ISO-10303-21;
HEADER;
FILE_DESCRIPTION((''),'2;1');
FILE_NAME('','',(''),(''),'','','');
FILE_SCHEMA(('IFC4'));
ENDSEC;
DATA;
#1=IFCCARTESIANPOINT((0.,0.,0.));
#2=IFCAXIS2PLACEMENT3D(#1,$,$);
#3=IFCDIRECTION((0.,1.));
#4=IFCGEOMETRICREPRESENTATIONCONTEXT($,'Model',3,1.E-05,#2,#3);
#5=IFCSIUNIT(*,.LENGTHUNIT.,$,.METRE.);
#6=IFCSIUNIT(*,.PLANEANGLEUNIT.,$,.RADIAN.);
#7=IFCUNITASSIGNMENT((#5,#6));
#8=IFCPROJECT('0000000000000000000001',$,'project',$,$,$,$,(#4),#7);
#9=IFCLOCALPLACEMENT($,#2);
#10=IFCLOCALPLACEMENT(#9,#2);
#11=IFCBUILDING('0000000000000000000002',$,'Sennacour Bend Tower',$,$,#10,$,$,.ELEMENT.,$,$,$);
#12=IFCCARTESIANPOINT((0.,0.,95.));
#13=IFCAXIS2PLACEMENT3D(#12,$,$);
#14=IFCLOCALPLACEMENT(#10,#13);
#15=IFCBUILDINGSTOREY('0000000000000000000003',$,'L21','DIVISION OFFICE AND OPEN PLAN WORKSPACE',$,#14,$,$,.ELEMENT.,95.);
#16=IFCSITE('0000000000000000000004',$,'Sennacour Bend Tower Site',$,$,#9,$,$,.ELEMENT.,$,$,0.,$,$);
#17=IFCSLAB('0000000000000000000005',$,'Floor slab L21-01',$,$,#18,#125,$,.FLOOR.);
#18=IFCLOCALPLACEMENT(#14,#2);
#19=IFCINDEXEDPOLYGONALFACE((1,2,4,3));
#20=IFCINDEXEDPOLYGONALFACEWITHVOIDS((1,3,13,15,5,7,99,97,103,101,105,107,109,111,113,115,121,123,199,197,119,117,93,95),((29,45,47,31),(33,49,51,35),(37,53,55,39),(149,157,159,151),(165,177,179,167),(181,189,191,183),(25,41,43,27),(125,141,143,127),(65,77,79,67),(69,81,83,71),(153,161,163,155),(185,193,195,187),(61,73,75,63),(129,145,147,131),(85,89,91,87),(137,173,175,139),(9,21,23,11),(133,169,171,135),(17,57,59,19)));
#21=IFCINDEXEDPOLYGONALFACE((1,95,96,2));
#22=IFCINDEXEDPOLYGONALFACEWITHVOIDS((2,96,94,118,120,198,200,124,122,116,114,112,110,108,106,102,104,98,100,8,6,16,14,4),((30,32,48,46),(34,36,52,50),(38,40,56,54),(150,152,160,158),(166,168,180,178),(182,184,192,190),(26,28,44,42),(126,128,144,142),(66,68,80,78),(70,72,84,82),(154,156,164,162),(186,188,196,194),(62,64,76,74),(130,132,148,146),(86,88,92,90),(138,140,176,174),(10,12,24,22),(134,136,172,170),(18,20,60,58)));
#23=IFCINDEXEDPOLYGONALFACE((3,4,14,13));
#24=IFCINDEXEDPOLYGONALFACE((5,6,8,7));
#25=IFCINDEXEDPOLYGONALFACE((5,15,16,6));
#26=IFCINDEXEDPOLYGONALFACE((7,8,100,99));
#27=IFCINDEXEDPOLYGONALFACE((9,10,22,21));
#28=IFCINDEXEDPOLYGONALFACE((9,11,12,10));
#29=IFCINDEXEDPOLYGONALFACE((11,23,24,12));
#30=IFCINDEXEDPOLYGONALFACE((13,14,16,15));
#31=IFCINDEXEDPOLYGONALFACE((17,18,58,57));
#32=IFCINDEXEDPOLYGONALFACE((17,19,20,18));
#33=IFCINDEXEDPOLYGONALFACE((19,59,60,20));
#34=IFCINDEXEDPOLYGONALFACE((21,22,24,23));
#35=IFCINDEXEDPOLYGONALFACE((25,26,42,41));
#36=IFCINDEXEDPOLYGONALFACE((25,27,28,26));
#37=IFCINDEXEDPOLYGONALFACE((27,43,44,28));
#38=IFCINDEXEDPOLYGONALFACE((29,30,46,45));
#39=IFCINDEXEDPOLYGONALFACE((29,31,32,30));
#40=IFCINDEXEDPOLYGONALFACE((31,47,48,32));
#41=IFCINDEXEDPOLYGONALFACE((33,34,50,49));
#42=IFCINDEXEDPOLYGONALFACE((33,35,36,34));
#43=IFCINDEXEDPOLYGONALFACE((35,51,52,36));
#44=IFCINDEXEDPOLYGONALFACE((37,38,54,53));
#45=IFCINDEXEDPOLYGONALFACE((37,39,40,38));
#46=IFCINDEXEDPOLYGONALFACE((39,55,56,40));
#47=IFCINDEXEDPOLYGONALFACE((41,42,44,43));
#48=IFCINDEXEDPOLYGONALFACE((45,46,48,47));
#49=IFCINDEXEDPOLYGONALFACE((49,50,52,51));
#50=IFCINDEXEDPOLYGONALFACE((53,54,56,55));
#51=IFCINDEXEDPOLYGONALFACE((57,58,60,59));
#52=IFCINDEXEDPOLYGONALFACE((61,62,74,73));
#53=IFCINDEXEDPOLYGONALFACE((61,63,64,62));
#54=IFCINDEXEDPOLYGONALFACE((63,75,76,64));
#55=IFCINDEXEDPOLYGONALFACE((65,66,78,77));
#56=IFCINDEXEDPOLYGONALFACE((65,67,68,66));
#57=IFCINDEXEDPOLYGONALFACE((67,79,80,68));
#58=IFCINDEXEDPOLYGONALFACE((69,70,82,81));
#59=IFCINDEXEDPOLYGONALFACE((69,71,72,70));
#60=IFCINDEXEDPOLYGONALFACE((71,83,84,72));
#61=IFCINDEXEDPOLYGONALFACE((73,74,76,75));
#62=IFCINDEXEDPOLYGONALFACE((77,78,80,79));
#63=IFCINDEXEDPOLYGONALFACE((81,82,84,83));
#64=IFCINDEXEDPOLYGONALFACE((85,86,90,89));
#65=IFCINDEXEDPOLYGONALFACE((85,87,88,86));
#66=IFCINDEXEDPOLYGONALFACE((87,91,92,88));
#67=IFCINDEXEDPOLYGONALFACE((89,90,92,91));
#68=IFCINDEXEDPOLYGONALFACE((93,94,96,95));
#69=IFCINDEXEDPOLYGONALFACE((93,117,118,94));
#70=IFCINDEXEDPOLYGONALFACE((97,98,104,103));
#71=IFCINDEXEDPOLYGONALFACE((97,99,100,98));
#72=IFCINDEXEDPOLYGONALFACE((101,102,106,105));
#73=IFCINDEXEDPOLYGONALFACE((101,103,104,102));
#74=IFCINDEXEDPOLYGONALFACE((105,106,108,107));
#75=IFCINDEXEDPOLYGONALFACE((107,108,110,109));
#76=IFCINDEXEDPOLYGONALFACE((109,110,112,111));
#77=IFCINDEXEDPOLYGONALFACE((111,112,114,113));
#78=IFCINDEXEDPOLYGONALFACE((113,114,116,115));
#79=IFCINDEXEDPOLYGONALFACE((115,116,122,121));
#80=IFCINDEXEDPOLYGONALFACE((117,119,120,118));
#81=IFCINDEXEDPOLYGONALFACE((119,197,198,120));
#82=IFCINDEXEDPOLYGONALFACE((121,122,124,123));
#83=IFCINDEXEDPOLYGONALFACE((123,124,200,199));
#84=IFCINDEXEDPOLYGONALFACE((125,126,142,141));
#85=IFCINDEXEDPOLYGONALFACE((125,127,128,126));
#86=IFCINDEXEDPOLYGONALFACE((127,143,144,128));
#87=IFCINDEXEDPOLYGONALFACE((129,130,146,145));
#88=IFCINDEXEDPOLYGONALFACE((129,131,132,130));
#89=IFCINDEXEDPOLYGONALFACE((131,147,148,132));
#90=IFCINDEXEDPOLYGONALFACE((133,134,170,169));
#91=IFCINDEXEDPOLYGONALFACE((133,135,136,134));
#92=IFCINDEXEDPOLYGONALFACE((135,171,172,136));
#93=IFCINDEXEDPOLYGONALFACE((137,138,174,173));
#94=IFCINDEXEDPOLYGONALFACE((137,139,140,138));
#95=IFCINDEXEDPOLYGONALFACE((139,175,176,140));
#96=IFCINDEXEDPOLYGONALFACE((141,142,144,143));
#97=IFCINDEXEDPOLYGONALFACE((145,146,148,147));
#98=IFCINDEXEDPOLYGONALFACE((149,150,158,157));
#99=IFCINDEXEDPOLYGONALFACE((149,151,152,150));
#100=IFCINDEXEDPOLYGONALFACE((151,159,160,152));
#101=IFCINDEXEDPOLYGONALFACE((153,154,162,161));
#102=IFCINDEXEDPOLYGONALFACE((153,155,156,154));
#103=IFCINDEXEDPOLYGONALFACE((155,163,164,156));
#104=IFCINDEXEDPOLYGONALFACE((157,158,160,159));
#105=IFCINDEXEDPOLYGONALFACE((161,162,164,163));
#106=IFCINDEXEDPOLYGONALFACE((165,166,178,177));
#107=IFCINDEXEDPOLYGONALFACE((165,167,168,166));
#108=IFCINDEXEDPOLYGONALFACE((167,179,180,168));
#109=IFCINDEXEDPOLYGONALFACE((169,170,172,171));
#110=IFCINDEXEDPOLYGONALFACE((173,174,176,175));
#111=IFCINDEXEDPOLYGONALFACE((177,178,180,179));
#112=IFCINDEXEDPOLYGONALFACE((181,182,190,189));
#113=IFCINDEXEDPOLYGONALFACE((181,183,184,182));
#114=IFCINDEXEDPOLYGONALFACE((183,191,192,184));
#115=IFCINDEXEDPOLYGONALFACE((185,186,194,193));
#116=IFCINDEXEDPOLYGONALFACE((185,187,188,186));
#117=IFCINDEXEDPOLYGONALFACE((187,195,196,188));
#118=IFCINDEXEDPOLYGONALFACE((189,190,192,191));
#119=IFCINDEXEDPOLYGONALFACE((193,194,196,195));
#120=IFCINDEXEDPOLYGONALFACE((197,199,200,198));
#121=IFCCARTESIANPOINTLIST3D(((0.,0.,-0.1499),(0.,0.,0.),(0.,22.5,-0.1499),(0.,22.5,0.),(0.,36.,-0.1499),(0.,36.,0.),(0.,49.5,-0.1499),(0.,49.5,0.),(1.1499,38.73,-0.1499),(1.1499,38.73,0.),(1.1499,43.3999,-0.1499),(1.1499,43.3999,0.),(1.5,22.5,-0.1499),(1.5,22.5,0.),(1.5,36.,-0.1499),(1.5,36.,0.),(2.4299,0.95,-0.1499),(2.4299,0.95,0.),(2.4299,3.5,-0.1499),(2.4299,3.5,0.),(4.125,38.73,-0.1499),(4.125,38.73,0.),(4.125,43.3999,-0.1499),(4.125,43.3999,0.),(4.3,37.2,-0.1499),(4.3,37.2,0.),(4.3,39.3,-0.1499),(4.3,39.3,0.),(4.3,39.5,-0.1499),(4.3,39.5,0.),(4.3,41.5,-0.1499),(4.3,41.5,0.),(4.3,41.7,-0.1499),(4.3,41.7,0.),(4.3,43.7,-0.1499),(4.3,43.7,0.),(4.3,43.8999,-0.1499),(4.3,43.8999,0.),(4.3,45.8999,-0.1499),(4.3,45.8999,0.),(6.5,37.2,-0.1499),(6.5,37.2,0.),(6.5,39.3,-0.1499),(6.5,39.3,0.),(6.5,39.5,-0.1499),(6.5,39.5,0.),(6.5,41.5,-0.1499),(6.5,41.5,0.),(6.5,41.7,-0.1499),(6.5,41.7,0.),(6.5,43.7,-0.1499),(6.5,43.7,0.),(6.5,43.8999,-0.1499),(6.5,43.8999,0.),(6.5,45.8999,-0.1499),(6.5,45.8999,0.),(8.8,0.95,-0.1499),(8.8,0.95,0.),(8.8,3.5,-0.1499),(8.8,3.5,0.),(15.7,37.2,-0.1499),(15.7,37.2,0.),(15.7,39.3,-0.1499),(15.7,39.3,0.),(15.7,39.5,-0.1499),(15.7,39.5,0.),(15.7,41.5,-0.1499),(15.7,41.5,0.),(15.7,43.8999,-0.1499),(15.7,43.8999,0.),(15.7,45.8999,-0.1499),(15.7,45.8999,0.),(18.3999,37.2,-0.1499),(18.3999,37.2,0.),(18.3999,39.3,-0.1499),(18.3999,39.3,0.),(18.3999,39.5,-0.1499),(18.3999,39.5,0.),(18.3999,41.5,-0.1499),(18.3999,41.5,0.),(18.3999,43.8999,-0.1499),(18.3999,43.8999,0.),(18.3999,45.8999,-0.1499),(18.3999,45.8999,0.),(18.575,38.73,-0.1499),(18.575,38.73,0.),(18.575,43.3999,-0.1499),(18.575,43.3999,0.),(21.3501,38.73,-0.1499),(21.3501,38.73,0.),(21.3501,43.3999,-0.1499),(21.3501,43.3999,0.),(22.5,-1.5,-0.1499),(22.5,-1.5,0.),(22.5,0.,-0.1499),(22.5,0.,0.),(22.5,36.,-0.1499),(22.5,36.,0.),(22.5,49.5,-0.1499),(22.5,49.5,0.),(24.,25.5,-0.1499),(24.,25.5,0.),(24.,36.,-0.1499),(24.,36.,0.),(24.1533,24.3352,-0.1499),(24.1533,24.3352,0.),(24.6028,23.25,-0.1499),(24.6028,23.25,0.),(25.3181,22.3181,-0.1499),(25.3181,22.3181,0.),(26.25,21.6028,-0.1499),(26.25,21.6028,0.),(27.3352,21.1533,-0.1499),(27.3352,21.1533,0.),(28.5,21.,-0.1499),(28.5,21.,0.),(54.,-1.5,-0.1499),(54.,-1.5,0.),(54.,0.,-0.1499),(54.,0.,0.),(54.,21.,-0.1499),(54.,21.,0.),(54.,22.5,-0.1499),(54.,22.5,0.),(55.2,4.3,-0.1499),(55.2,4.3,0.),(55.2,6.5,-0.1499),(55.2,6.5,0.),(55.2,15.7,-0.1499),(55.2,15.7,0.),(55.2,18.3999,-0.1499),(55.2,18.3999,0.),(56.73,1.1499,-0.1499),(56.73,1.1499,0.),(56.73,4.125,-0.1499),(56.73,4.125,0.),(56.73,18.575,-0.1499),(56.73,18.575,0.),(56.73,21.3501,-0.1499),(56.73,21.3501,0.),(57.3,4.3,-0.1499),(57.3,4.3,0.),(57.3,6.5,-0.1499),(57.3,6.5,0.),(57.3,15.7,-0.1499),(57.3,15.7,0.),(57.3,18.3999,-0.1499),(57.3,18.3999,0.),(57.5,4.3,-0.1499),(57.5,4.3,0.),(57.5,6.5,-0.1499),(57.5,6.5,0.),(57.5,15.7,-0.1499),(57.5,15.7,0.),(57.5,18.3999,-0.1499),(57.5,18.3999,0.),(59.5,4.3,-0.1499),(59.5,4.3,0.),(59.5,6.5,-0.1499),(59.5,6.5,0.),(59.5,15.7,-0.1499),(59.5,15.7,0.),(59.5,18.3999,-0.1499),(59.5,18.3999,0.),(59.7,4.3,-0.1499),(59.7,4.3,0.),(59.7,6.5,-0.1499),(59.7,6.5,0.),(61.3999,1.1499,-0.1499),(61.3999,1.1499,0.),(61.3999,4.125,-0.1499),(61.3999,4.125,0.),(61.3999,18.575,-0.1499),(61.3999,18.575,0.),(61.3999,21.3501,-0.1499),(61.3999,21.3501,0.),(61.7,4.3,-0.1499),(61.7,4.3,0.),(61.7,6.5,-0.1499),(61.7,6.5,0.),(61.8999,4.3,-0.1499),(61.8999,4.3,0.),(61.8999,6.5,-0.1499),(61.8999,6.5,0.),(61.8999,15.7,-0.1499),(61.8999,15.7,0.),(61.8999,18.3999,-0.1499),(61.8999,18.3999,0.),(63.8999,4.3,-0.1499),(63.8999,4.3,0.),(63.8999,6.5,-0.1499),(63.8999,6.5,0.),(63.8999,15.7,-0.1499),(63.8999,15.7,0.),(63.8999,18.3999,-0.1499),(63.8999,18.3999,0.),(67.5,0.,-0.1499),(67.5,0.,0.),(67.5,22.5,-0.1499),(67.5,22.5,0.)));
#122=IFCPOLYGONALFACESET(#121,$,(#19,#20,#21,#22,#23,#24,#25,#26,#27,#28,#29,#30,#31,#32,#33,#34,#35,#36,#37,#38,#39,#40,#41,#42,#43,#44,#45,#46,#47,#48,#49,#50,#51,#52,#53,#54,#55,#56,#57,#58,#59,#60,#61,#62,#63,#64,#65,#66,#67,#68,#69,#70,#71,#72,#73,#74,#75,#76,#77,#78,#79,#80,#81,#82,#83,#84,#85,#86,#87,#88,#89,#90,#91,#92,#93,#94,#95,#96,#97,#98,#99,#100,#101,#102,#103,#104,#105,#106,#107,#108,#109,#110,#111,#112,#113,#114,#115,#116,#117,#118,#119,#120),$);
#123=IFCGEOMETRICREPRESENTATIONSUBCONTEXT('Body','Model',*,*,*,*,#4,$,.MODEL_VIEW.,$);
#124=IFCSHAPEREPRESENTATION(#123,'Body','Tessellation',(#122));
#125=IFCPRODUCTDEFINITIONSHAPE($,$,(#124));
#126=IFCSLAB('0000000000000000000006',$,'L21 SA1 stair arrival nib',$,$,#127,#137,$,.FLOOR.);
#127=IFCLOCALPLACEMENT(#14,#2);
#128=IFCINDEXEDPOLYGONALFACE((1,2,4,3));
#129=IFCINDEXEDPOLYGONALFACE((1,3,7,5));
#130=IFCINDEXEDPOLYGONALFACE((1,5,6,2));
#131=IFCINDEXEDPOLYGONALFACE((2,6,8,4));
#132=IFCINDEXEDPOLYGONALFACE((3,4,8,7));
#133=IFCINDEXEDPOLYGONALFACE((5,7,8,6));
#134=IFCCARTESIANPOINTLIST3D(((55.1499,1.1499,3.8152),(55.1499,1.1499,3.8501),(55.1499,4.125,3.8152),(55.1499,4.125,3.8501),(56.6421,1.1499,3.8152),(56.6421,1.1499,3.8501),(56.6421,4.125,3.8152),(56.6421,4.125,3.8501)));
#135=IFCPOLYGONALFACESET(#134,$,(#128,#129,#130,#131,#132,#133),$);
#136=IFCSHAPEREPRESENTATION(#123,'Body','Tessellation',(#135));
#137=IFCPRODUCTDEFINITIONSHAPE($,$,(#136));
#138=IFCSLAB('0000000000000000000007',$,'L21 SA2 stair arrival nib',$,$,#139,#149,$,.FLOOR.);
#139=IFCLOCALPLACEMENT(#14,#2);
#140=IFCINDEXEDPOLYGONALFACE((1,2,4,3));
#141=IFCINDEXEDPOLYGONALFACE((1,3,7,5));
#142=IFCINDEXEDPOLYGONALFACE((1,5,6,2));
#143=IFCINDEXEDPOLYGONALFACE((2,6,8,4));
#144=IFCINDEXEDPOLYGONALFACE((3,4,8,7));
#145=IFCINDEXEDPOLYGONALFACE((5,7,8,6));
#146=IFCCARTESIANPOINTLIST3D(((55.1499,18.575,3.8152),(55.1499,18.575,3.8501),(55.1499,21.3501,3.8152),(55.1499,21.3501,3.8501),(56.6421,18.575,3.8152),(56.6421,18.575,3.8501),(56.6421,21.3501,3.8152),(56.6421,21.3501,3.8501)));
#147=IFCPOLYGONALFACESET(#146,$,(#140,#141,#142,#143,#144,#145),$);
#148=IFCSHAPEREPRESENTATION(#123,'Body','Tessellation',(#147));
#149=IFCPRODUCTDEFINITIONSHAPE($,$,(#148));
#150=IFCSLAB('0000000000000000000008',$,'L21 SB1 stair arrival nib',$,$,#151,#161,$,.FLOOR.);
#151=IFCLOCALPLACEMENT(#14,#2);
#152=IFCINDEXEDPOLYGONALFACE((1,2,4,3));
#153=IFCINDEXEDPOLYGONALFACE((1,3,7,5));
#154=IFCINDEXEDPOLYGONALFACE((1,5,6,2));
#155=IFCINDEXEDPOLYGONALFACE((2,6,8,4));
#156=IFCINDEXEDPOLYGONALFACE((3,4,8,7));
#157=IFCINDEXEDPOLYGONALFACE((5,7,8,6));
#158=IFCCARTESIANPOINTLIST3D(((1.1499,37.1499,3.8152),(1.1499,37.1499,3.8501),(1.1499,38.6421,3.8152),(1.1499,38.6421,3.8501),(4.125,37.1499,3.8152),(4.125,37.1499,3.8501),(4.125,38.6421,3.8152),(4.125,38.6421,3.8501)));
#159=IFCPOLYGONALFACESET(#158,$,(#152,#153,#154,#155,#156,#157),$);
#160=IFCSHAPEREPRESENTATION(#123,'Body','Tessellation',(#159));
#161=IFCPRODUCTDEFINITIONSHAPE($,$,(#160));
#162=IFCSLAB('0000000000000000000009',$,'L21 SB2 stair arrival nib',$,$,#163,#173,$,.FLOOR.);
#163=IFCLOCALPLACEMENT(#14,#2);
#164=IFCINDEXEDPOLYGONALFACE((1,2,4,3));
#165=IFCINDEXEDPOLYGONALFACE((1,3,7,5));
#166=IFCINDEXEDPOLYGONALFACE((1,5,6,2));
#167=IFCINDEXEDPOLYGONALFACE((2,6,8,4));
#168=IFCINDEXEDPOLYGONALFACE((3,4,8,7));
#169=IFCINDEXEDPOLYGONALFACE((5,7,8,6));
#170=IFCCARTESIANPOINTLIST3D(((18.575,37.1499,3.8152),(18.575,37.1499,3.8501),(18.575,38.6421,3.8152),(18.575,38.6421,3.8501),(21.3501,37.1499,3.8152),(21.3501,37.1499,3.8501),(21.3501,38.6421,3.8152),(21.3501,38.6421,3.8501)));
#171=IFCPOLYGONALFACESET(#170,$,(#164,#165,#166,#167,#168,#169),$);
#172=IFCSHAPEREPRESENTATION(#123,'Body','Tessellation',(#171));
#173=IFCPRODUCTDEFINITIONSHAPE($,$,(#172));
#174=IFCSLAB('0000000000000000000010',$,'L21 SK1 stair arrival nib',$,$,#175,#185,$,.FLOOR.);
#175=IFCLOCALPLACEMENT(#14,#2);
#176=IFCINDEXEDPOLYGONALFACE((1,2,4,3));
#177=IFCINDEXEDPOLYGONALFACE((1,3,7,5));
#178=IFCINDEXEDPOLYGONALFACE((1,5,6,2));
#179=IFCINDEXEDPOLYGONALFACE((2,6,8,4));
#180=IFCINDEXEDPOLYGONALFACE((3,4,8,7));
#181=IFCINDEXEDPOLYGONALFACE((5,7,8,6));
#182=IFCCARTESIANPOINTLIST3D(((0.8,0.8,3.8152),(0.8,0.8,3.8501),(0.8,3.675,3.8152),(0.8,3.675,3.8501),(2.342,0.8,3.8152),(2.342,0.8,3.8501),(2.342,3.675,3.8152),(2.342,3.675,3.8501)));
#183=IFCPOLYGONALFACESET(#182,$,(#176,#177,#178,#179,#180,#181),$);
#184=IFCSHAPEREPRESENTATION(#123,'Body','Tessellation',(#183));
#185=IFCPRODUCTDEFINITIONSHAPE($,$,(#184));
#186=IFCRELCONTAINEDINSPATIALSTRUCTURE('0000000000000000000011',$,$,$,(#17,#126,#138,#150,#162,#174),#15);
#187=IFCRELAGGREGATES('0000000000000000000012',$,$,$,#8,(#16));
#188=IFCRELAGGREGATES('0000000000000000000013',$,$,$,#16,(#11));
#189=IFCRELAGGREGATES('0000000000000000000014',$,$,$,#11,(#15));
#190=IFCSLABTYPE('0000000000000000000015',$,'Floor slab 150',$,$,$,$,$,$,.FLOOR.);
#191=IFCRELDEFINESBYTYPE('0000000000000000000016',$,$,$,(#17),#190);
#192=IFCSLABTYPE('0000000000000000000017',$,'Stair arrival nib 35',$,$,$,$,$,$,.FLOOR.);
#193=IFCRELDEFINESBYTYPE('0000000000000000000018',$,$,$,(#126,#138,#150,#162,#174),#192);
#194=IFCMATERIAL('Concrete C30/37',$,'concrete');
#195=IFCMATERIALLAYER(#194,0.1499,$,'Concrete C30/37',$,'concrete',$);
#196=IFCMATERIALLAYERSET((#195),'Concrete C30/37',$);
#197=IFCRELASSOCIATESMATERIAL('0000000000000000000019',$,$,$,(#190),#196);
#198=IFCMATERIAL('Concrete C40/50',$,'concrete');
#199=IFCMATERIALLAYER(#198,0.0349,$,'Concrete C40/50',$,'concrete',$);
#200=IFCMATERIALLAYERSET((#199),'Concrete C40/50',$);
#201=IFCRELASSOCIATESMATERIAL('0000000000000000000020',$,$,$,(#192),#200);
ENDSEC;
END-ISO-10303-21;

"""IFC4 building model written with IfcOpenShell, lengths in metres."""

from ifc_helpers import new_model, si_unit, direction, frame, origin, place, context, subcontext, project, spatial, polyline, outline, extrude, material, layer, layer_set, type_object, element, save


model = new_model("IFC4")

# Units and contexts
model_context = context("Model", 3, precision=1e-05, world=origin(), true_north=direction((0.0, 1.0)))
body_context = subcontext(model_context, "Body", "Model", "MODEL_VIEW")
ifc_project = project(units=[si_unit("LENGTHUNIT", "METRE"), si_unit("PLANEANGLEUNIT", "RADIAN")], contexts=[model_context])

# Site, building, storey
site_placement = place(None, origin())
site = spatial("IfcSite", under=ifc_project, at=site_placement, Name="Sennacour Bend Tower Site", CompositionType="ELEMENT", RefElevation=0.0)
building_placement = place(site_placement, origin())
building = spatial("IfcBuilding", under=site, at=building_placement, Name="Sennacour Bend Tower", CompositionType="ELEMENT")
storey_placement = place(building_placement, frame((0.0, 0.0, 95.0)))
storey = spatial("IfcBuildingStorey", under=building, at=storey_placement, Name="L21", Description="DIVISION OFFICE AND OPEN PLAN WORKSPACE", CompositionType="ELEMENT", Elevation=95.0)

# Slabs
ifc_material_1 = material(Name="Concrete C30/37", Category="concrete")
ifc_layer_1 = layer(ifc_material_1, 0.1499, Name="Concrete C30/37", Category="concrete")
ifc_layer_set_1 = layer_set([ifc_layer_1], Name="Concrete C30/37")
slab_type_1 = type_object("IfcSlabType", Name="Floor slab 150", PredefinedType="FLOOR", material=ifc_layer_set_1)
slab_1_placement = place(storey_placement, frame((0.0, 0.0, -0.1499)))
element("IfcSlab", 1, at=slab_1_placement, inside=storey, type_object=slab_type_1, Name="Floor slab L21-01", PredefinedType="FLOOR", context=body_context, shape_type="SweptSolid", body=[
    extrude(outline(polyline([(22.5, 0.0), (0.0, 0.0), (0.0, 22.5), (1.5, 22.5), (1.5, 36.0), (0.0, 36.0), (0.0, 49.5), (22.5, 49.5), (22.5, 36.0), (24.0, 36.0), (24.0, 25.5), (24.1533, 24.3352), (24.6028, 23.25), (25.3181, 22.3181), (26.25, 21.6028), (27.3352, 21.1533), (28.5, 21.0), (54.0, 21.0), (54.0, 22.5), (67.5, 22.5), (67.5, 0.0), (54.0, 0.0), (54.0, -1.5), (22.5, -1.5), (22.5, 0.0)]), holes=[polyline([(8.8, 0.95), (8.8, 3.5), (2.4299, 3.5), (2.4299, 0.95), (8.8, 0.95)]), polyline([(6.5, 37.2), (6.5, 39.3), (4.3, 39.3), (4.3, 37.2), (6.5, 37.2)]), polyline([(18.3999, 37.2), (18.3999, 39.3), (15.7, 39.3), (15.7, 37.2), (18.3999, 37.2)]), polyline([(6.5, 39.5), (6.5, 41.5), (4.3, 41.5), (4.3, 39.5), (6.5, 39.5)]), polyline([(18.3999, 39.5), (18.3999, 41.5), (15.7, 41.5), (15.7, 39.5), (18.3999, 39.5)]), polyline([(4.125, 38.73), (4.125, 43.3999), (1.1499, 43.3999), (1.1499, 38.73), (4.125, 38.73)]), polyline([(21.3501, 38.73), (21.3501, 43.3999), (18.575, 43.3999), (18.575, 38.73), (21.3501, 38.73)]), polyline([(4.3, 41.7), (6.5, 41.7), (6.5, 43.7), (4.3, 43.7), (4.3, 41.7)]), polyline([(4.3, 43.8999), (6.5, 43.8999), (6.5, 45.8999), (4.3, 45.8999), (4.3, 43.8999)]), polyline([(18.3999, 43.8999), (18.3999, 45.8999), (15.7, 45.8999), (15.7, 43.8999), (18.3999, 43.8999)]), polyline([(61.3999, 1.1499), (61.3999, 4.125), (56.73, 4.125), (56.73, 1.1499), (61.3999, 1.1499)]), polyline([(57.3, 4.3), (57.3, 6.5), (55.2, 6.5), (55.2, 4.3), (57.3, 4.3)]), polyline([(57.5, 4.3), (59.5, 4.3), (59.5, 6.5), (57.5, 6.5), (57.5, 4.3)]), polyline([(59.7, 4.3), (61.7, 4.3), (61.7, 6.5), (59.7, 6.5), (59.7, 4.3)]), polyline([(63.8999, 4.3), (63.8999, 6.5), (61.8999, 6.5), (61.8999, 4.3), (63.8999, 4.3)]), polyline([(57.3, 15.7), (57.3, 18.3999), (55.2, 18.3999), (55.2, 15.7), (57.3, 15.7)]), polyline([(59.5, 15.7), (59.5, 18.3999), (57.5, 18.3999), (57.5, 15.7), (59.5, 15.7)]), polyline([(61.8999, 15.7), (63.8999, 15.7), (63.8999, 18.3999), (61.8999, 18.3999), (61.8999, 15.7)]), polyline([(56.73, 18.575), (61.3999, 18.575), (61.3999, 21.3501), (56.73, 21.3501), (56.73, 18.575)])]), origin(), (0.0, 0.0, 1.0), 0.1499),
])
ifc_material_2 = material(Name="Concrete C40/50", Category="concrete")
ifc_layer_2 = layer(ifc_material_2, 0.0349, Name="Concrete C40/50", Category="concrete")
ifc_layer_set_2 = layer_set([ifc_layer_2], Name="Concrete C40/50")
slab_type_2 = type_object("IfcSlabType", Name="Stair arrival nib 35", PredefinedType="FLOOR", material=ifc_layer_set_2)
slab_2_placement = place(storey_placement, frame((0.0, 0.0, 3.8152)))
element("IfcSlab", 2, at=slab_2_placement, inside=storey, type_object=slab_type_2, Name="L21 SA1 stair arrival nib", PredefinedType="FLOOR", context=body_context, shape_type="SweptSolid", body=[
    extrude(outline(polyline([(56.6421, 4.125), (55.1499, 4.125), (55.1499, 1.1499), (56.6421, 1.1499), (56.6421, 4.125)])), origin(), (0.0, 0.0, 1.0), 0.0349),
])
slab_3_placement = place(storey_placement, frame((0.0, 0.0, 3.8152)))
element("IfcSlab", 3, at=slab_3_placement, inside=storey, type_object=slab_type_2, Name="L21 SA2 stair arrival nib", PredefinedType="FLOOR", context=body_context, shape_type="SweptSolid", body=[
    extrude(outline(polyline([(56.6421, 21.3501), (55.1499, 21.3501), (55.1499, 18.575), (56.6421, 18.575), (56.6421, 21.3501)])), origin(), (0.0, 0.0, 1.0), 0.0349),
])
slab_4_placement = place(storey_placement, frame((0.0, 0.0, 3.8152)))
element("IfcSlab", 4, at=slab_4_placement, inside=storey, type_object=slab_type_2, Name="L21 SB1 stair arrival nib", PredefinedType="FLOOR", context=body_context, shape_type="SweptSolid", body=[
    extrude(outline(polyline([(1.1499, 38.6421), (1.1499, 37.1499), (4.125, 37.1499), (4.125, 38.6421), (1.1499, 38.6421)])), origin(), (0.0, 0.0, 1.0), 0.0349),
])
slab_5_placement = place(storey_placement, frame((0.0, 0.0, 3.8152)))
element("IfcSlab", 5, at=slab_5_placement, inside=storey, type_object=slab_type_2, Name="L21 SB2 stair arrival nib", PredefinedType="FLOOR", context=body_context, shape_type="SweptSolid", body=[
    extrude(outline(polyline([(18.575, 38.6421), (18.575, 37.1499), (21.3501, 37.1499), (21.3501, 38.6421), (18.575, 38.6421)])), origin(), (0.0, 0.0, 1.0), 0.0349),
])
slab_6_placement = place(storey_placement, frame((0.0, 0.0, 3.8152)))
element("IfcSlab", 6, at=slab_6_placement, inside=storey, type_object=slab_type_2, Name="L21 SK1 stair arrival nib", PredefinedType="FLOOR", context=body_context, shape_type="SweptSolid", body=[
    extrude(outline(polyline([(2.342, 3.675), (0.8, 3.675), (0.8, 0.8), (2.342, 0.8), (2.342, 3.675)])), origin(), (0.0, 0.0, 1.0), 0.0349),
])

save(model, "model.ifc")
